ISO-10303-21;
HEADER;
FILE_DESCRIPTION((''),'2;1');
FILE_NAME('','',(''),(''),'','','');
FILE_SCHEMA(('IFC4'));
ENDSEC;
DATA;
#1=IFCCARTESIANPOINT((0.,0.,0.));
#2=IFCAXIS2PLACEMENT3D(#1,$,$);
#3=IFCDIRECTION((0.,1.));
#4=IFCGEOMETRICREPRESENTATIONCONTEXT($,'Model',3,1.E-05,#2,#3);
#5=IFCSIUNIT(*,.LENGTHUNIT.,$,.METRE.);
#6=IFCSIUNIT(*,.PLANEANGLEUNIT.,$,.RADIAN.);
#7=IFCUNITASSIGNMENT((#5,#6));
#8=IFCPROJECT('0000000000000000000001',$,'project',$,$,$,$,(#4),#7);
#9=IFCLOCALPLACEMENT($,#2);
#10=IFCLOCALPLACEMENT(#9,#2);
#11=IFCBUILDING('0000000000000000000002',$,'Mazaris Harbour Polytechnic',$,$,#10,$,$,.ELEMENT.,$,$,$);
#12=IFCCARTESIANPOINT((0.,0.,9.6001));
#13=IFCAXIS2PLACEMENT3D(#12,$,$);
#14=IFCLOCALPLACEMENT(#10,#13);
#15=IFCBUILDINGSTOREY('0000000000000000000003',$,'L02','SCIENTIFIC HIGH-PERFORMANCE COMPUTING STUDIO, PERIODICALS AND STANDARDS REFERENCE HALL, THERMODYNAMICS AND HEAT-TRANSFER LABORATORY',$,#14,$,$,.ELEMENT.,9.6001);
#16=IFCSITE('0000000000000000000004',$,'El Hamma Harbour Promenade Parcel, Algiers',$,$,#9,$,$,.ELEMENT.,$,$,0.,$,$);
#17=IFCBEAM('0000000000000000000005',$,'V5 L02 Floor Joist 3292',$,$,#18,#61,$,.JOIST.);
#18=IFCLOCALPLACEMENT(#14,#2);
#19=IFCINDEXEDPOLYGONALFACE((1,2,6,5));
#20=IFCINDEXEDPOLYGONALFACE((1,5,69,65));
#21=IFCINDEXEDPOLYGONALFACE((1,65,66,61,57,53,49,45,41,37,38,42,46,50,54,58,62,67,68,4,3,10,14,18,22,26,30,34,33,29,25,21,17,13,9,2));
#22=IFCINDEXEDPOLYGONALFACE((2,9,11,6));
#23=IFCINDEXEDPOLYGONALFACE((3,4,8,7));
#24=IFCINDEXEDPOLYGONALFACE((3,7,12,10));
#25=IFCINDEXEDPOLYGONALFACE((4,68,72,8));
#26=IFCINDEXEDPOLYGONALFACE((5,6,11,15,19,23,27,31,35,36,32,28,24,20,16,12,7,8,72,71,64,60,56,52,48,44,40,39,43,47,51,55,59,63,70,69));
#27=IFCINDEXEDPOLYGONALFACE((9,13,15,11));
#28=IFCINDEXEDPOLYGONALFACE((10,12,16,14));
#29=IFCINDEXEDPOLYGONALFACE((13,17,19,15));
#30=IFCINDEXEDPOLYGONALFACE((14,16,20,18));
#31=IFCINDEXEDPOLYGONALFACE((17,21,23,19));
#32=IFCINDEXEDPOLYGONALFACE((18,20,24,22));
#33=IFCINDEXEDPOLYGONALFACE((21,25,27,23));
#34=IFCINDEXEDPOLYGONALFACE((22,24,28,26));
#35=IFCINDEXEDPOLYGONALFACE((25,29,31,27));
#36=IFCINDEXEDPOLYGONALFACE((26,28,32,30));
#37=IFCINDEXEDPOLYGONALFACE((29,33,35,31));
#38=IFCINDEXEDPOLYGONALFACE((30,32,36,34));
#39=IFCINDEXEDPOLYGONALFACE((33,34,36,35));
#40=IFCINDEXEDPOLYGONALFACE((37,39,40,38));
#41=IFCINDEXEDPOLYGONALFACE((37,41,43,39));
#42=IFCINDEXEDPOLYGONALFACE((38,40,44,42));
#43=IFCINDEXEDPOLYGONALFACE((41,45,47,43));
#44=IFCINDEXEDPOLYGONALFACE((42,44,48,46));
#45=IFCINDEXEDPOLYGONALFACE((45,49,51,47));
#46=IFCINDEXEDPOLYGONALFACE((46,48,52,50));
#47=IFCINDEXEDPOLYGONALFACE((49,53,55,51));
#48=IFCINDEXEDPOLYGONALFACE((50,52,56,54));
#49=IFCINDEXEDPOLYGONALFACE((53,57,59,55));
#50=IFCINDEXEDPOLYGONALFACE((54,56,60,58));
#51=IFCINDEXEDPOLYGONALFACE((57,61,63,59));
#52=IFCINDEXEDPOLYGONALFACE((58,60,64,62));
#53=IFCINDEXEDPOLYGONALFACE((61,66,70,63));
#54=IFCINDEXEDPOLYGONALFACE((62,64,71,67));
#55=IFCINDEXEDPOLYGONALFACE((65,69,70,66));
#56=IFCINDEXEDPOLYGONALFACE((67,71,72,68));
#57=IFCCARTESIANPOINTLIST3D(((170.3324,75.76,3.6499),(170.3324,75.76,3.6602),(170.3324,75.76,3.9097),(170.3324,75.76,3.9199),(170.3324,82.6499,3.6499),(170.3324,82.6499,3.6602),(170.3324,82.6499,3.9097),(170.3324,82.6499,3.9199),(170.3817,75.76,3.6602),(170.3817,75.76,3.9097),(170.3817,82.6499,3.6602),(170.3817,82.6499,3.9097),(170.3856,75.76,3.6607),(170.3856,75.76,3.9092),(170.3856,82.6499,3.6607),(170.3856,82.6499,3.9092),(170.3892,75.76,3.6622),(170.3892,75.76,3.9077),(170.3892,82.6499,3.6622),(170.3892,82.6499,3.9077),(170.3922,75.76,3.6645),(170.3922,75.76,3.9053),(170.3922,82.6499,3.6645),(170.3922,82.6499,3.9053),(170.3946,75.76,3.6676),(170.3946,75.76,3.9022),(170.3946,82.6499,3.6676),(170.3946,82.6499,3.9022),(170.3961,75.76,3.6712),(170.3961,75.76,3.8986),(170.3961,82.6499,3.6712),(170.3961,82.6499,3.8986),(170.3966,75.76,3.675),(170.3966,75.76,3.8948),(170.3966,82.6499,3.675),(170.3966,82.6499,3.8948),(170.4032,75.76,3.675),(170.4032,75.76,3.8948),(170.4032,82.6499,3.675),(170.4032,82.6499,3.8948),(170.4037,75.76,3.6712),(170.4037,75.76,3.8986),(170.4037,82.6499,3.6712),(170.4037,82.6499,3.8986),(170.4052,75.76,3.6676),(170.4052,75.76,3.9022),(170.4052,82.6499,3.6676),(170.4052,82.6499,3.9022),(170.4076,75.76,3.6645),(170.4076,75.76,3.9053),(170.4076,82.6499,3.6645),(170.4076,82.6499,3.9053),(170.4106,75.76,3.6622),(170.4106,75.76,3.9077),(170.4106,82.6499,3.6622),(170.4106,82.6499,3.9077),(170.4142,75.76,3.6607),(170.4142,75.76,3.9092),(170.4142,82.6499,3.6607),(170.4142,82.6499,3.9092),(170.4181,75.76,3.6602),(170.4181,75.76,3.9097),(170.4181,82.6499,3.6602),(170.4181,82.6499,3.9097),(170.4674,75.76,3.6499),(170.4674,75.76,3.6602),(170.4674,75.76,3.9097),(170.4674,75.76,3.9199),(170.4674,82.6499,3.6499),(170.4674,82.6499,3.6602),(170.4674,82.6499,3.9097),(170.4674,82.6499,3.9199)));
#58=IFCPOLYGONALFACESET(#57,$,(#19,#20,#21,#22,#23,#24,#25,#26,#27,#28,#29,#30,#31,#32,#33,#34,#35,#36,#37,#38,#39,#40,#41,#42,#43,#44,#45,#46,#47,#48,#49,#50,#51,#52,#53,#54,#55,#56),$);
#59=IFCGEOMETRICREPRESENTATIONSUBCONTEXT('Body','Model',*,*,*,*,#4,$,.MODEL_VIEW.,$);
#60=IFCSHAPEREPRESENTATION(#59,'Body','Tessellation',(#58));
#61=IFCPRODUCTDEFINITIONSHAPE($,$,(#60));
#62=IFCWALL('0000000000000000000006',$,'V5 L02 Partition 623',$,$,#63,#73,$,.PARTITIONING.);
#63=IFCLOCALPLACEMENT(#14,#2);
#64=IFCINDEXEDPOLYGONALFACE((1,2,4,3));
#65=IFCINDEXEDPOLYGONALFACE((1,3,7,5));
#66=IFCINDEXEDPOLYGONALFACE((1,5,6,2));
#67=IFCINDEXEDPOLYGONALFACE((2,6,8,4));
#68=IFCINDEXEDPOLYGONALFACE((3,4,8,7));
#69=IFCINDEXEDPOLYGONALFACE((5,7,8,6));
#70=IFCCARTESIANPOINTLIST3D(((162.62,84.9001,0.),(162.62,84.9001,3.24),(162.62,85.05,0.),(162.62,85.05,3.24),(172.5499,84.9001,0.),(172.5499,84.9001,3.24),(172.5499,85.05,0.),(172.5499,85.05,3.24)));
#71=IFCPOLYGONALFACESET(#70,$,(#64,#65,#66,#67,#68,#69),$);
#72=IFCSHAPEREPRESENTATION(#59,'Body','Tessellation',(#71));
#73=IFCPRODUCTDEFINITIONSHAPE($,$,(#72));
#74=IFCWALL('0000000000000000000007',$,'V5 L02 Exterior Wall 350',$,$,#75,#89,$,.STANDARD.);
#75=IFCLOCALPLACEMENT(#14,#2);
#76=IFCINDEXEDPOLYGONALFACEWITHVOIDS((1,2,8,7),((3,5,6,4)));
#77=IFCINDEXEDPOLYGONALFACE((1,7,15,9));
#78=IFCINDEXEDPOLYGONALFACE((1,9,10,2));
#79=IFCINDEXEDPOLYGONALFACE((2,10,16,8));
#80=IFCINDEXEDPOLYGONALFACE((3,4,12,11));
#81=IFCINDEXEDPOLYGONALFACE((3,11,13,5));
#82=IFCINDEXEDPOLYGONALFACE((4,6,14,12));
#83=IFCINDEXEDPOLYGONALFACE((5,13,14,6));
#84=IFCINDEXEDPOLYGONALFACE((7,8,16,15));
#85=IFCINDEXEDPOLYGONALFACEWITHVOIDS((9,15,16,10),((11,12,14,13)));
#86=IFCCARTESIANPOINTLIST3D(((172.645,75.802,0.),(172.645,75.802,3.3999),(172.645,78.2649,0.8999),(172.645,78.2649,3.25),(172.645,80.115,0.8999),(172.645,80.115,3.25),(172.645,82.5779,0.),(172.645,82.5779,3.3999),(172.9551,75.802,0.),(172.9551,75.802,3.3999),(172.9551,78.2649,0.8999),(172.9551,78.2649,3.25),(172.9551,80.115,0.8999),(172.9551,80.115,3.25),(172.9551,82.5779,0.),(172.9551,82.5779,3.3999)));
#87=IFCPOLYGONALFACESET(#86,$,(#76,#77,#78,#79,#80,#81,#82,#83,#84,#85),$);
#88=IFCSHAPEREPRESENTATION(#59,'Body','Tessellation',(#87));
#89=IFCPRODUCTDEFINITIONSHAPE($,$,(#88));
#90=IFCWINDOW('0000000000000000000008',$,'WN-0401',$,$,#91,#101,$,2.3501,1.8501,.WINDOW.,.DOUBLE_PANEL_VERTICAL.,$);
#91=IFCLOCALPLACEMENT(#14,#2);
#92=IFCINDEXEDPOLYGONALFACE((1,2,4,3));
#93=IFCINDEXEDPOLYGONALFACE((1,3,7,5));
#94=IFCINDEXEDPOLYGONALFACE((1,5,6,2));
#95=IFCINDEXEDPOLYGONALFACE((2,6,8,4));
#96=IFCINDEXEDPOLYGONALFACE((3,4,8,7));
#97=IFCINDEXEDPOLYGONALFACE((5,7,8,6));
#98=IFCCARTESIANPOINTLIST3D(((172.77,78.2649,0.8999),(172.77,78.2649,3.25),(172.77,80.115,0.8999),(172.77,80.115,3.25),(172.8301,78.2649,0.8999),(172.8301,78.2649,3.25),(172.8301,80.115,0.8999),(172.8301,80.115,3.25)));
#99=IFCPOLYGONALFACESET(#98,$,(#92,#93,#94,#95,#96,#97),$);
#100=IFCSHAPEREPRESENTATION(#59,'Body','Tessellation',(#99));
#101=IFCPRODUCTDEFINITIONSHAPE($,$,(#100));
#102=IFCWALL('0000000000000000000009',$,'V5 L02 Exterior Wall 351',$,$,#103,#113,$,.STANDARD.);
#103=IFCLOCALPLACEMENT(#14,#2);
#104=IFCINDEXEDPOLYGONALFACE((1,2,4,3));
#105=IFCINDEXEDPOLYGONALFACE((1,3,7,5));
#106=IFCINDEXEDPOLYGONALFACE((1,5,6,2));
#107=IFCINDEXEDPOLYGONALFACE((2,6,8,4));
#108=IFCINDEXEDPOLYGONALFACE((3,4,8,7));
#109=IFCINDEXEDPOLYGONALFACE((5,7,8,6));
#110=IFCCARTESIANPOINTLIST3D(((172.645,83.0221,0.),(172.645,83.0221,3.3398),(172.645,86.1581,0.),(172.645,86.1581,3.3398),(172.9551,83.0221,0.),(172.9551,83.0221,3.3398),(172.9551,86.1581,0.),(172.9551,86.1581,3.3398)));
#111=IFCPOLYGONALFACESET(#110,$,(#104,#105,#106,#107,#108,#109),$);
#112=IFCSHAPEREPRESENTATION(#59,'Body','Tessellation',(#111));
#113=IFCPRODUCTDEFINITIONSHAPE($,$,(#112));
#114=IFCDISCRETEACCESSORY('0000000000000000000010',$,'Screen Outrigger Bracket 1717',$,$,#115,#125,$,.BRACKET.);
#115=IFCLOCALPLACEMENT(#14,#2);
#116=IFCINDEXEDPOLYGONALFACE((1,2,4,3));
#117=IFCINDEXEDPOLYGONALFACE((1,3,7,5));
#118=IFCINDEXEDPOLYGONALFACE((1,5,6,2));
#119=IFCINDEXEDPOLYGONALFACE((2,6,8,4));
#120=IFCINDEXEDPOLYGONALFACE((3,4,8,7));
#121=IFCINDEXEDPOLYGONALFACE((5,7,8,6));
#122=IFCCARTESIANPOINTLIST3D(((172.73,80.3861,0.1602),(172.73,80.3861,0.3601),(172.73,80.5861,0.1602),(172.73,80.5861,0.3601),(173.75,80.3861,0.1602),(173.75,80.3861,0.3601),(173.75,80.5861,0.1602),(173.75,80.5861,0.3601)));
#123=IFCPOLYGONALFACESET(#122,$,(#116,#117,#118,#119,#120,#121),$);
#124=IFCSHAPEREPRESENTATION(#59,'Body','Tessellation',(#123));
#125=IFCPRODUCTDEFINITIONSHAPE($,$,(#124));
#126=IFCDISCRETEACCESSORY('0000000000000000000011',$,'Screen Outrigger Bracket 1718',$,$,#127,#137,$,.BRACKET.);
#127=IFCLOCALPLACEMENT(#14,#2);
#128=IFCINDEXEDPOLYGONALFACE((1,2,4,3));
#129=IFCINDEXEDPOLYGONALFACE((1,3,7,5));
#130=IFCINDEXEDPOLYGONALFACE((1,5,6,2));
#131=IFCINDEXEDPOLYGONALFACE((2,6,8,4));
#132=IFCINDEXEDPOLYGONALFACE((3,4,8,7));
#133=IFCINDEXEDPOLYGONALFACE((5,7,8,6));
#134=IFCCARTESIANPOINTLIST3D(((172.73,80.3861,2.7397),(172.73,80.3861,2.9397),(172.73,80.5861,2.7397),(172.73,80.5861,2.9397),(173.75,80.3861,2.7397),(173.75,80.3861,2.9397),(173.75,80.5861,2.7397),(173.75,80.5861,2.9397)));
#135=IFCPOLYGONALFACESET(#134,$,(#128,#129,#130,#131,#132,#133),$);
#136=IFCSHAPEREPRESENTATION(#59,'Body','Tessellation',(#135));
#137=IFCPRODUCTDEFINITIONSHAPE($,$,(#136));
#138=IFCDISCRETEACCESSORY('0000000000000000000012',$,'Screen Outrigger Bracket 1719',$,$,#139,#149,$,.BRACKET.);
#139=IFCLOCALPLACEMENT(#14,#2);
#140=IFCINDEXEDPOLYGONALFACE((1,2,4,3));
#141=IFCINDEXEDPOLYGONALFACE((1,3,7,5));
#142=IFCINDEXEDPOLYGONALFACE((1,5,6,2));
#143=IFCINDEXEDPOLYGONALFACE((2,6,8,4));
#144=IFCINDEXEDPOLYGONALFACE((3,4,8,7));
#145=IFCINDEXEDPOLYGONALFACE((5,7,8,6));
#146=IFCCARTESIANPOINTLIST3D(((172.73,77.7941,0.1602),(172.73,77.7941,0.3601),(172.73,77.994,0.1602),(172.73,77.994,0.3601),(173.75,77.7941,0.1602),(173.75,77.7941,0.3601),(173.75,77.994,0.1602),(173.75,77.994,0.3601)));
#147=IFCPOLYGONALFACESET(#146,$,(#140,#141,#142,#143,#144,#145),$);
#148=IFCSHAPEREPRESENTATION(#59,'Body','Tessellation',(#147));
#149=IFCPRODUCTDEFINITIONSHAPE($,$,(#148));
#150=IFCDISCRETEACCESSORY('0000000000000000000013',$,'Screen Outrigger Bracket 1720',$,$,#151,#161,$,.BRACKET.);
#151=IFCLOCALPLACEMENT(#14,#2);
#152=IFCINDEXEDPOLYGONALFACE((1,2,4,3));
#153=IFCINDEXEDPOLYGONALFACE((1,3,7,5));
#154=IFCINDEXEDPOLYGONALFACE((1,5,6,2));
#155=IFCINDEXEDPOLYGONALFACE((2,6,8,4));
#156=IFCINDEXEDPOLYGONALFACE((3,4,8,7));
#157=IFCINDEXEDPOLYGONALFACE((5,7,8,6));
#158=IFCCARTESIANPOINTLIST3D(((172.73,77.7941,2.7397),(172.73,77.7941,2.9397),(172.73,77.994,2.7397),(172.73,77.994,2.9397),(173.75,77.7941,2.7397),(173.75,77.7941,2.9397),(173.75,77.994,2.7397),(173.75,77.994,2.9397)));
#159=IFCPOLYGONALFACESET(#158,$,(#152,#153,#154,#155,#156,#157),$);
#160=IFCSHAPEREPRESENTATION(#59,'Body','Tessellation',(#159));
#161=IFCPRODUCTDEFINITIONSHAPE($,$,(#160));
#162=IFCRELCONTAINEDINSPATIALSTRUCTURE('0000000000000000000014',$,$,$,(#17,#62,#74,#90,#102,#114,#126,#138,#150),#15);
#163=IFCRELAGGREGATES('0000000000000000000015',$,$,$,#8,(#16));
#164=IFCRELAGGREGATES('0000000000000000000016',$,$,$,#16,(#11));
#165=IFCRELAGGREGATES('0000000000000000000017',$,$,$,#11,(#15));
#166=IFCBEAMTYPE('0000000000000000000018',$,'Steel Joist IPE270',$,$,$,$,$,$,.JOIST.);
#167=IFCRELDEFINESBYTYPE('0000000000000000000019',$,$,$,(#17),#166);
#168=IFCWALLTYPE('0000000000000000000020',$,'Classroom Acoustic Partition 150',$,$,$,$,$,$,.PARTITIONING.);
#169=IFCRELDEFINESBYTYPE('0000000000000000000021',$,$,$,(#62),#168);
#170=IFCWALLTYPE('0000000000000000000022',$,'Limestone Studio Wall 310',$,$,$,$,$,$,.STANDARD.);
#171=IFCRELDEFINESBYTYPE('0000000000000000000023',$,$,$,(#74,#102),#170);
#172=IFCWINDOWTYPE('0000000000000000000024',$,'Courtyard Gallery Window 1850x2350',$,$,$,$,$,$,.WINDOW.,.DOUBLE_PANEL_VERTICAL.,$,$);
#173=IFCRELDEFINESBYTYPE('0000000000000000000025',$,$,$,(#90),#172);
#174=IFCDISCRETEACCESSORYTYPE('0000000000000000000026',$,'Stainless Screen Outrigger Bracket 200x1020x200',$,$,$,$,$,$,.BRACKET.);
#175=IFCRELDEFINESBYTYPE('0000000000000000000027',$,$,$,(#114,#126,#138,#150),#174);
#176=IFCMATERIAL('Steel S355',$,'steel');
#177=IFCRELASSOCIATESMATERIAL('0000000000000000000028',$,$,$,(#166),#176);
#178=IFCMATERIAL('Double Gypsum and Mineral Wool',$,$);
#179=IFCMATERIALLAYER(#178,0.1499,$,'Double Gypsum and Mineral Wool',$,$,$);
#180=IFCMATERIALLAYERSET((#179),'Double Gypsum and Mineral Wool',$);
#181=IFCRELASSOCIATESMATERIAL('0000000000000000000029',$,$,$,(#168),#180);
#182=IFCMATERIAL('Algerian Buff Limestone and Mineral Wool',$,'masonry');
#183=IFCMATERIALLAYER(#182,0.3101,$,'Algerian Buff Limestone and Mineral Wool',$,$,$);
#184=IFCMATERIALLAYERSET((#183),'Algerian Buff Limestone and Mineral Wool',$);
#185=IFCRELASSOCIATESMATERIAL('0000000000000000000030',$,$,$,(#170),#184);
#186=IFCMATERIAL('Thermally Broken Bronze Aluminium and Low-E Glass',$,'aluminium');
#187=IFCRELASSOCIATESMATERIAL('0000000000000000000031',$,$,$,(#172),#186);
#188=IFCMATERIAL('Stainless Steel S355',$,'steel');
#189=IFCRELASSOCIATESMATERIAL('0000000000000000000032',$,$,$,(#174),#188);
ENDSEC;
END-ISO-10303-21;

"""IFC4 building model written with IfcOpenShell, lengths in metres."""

from ifc_helpers import new_model, si_unit, direction, frame, frame_2d, origin, origin_2d, place, context, subcontext, project, spatial, rectangle, i_section, extrude, material, layer, layer_set, material_profile, profile_set, type_object, element, fill, save


model = new_model("IFC4")

# Units and contexts
model_context = context("Model", 3, precision=1e-05, world=origin(), true_north=direction((0.0, 1.0)))
body_context = subcontext(model_context, "Body", "Model", "MODEL_VIEW")
ifc_project = project(units=[si_unit("LENGTHUNIT", "METRE"), si_unit("PLANEANGLEUNIT", "RADIAN")], contexts=[model_context])

# Site, building, storey
site_placement = place(None, origin())
site = spatial("IfcSite", under=ifc_project, at=site_placement, Name="El Hamma Harbour Promenade Parcel, Algiers", CompositionType="ELEMENT", RefElevation=0.0)
building_placement = place(site_placement, origin())
building = spatial("IfcBuilding", under=site, at=building_placement, Name="Mazaris Harbour Polytechnic", CompositionType="ELEMENT")
storey_placement = place(building_placement, frame((0.0, 0.0, 9.6001)))
storey = spatial("IfcBuildingStorey", under=building, at=storey_placement, Name="L02", Description="SCIENTIFIC HIGH-PERFORMANCE COMPUTING STUDIO, PERIODICALS AND STANDARDS REFERENCE HALL, THERMODYNAMICS AND HEAT-TRANSFER LABORATORY", CompositionType="ELEMENT", Elevation=9.6001)

# Beam
ifc_material_1 = material(Name="Steel S355", Category="steel")
ifc_material_profile_1 = material_profile(ifc_material_1, i_section(OverallWidth=0.135, OverallDepth=0.27, WebThickness=0.0066, FlangeThickness=0.0103, FilletRadius=0.0149, at=origin_2d()), Name="IPE 270")
ifc_profile_set_1 = profile_set([ifc_material_profile_1], Name="Steel S355")
beam_type_1 = type_object("IfcBeamType", Name="Steel Joist IPE270", PredefinedType="JOIST", material=ifc_profile_set_1)
beam_1_placement = place(storey_placement, frame((170.3999, 75.76, 3.7849), z_axis=(0.0, 1.0, 0.0), x_axis=(-1.0, 0.0, 0.0)))
element("IfcBeam", 1, at=beam_1_placement, inside=storey, type_object=beam_type_1, Name="V5 L02 Floor Joist 3292", PredefinedType="JOIST", context=body_context, shape_type="SweptSolid", body=[
    extrude(i_section(OverallWidth=0.135, OverallDepth=0.27, WebThickness=0.0066, FlangeThickness=0.0103, FilletRadius=0.0149, at=origin_2d()), origin(), (0.0, 0.0, 1.0), 6.8899),
])

# Wall
ifc_material_2 = material(Name="Double Gypsum and Mineral Wool")
ifc_layer_1 = layer(ifc_material_2, 0.1499, Name="Double Gypsum and Mineral Wool")
ifc_layer_set_1 = layer_set([ifc_layer_1], Name="Double Gypsum and Mineral Wool")
wall_type_1 = type_object("IfcWallType", Name="Classroom Acoustic Partition 150", PredefinedType="PARTITIONING", material=ifc_layer_set_1)
wall_1_placement = place(storey_placement, frame((162.6201, 84.9751, 0.0), z_axis=(0.0, 0.0, 1.0), x_axis=(1.0, 0.0, 0.0)))
element("IfcWall", 2, at=wall_1_placement, inside=storey, type_object=wall_type_1, Name="V5 L02 Partition 623", PredefinedType="PARTITIONING", context=body_context, shape_type="SweptSolid", body=[
    extrude(rectangle(XDim=9.9299, YDim=0.1499, at=frame_2d((4.9648, 0.0))), origin(), (0.0, 0.0, 1.0), 3.24),
])

# Wall, opening, window
ifc_material_3 = material(Name="Algerian Buff Limestone and Mineral Wool", Category="masonry")
ifc_layer_2 = layer(ifc_material_3, 0.3101, Name="Algerian Buff Limestone and Mineral Wool")
ifc_layer_set_2 = layer_set([ifc_layer_2], Name="Algerian Buff Limestone and Mineral Wool")
wall_type_2 = type_object("IfcWallType", Name="Limestone Studio Wall 310", PredefinedType="STANDARD", material=ifc_layer_set_2)
wall_2_placement = place(storey_placement, frame((172.8, 82.5779, 0.0), z_axis=(0.0, 0.0, 1.0), x_axis=(0.0, -1.0, 0.0)))
wall_2 = element("IfcWall", 3, at=wall_2_placement, inside=storey, type_object=wall_type_2, Name="V5 L02 Exterior Wall 350", PredefinedType="STANDARD", context=body_context, shape_type="SweptSolid", body=[
    extrude(rectangle(XDim=6.7759, YDim=0.3101, at=frame_2d((3.3879, 0.0))), origin(), (0.0, 0.0, 1.0), 3.3999),
])
opening_placement = place(wall_2_placement, frame((2.4629, 0.0, 0.8999)))
opening = element("IfcOpeningElement", 4, at=opening_placement, cuts=wall_2, PredefinedType="OPENING", context=body_context, shape_type="SweptSolid", body=[
    extrude(rectangle(XDim=1.8501, YDim=2.3501, at=frame_2d((0.925, 1.175))), frame((0.0, 0.165, 0.0), z_axis=(0.0, -1.0, 0.0), x_axis=(1.0, 0.0, 0.0)), (0.0, 0.0, 1.0), 0.3301),
])
ifc_material_4 = material(Name="Thermally Broken Bronze Aluminium and Low-E Glass", Category="aluminium")
window_type = type_object("IfcWindowType", Name="Courtyard Gallery Window 1850x2350", PartitioningType="DOUBLE_PANEL_VERTICAL", PredefinedType="WINDOW", material=ifc_material_4)
window_placement = place(opening_placement, origin())
window = element("IfcWindow", 5, at=window_placement, inside=storey, type_object=window_type, Name="WN-0401", OverallHeight=2.3501, OverallWidth=1.8501, PartitioningType="DOUBLE_PANEL_VERTICAL", PredefinedType="WINDOW", context=body_context, shape_type="SweptSolid", body=[
    extrude(rectangle(XDim=1.8501, YDim=2.3501, at=frame_2d((0.925, 1.175))), frame((0.0, 0.03, 0.0), z_axis=(0.0, -1.0, 0.0), x_axis=(1.0, 0.0, 0.0)), (0.0, 0.0, 1.0), 0.0601),
])
fill(opening, window)

# Wall
wall_3_placement = place(storey_placement, frame((172.8, 86.158, 0.0), z_axis=(0.0, 0.0, 1.0), x_axis=(0.0, -1.0, 0.0)))
element("IfcWall", 6, at=wall_3_placement, inside=storey, type_object=wall_type_2, Name="V5 L02 Exterior Wall 351", PredefinedType="STANDARD", context=body_context, shape_type="SweptSolid", body=[
    extrude(rectangle(XDim=3.136, YDim=0.3101, at=frame_2d((1.5679, 0.0))), origin(), (0.0, 0.0, 1.0), 3.3398),
])

# Discrete accessories
ifc_material_5 = material(Name="Stainless Steel S355", Category="steel")
discrete_accessory_type = type_object("IfcDiscreteAccessoryType", Name="Stainless Screen Outrigger Bracket 200x1020x200", PredefinedType="BRACKET", material=ifc_material_5)
for number, where, z_axis, x_axis, name in (
    (7, (173.24, 80.4861, 0.1602), (0.0, 0.0, 1.0), (0.0, -1.0, 0.0), "Screen Outrigger Bracket 1717"),
    (8, (173.24, 80.4861, 2.7397), (0.0, 0.0, 1.0), (0.0, -1.0, 0.0), "Screen Outrigger Bracket 1718"),
    (9, (173.24, 77.894, 0.1602), (0.0, 0.0, 1.0), (0.0, -1.0, 0.0), "Screen Outrigger Bracket 1719"),
    (10, (173.24, 77.894, 2.7397), (0.0, 0.0, 1.0), (0.0, -1.0, 0.0), "Screen Outrigger Bracket 1720"),
):
    element("IfcDiscreteAccessory", number, at=place(storey_placement, frame(where, z_axis=z_axis, x_axis=x_axis)), inside=storey, type_object=discrete_accessory_type, Name=name, PredefinedType="BRACKET", context=body_context, shape_type="SweptSolid", body=[
        extrude(rectangle(XDim=0.2, YDim=1.02, at=origin_2d()), origin(), (0.0, 0.0, 1.0), 0.2),
    ])

save(model, "model.ifc")
